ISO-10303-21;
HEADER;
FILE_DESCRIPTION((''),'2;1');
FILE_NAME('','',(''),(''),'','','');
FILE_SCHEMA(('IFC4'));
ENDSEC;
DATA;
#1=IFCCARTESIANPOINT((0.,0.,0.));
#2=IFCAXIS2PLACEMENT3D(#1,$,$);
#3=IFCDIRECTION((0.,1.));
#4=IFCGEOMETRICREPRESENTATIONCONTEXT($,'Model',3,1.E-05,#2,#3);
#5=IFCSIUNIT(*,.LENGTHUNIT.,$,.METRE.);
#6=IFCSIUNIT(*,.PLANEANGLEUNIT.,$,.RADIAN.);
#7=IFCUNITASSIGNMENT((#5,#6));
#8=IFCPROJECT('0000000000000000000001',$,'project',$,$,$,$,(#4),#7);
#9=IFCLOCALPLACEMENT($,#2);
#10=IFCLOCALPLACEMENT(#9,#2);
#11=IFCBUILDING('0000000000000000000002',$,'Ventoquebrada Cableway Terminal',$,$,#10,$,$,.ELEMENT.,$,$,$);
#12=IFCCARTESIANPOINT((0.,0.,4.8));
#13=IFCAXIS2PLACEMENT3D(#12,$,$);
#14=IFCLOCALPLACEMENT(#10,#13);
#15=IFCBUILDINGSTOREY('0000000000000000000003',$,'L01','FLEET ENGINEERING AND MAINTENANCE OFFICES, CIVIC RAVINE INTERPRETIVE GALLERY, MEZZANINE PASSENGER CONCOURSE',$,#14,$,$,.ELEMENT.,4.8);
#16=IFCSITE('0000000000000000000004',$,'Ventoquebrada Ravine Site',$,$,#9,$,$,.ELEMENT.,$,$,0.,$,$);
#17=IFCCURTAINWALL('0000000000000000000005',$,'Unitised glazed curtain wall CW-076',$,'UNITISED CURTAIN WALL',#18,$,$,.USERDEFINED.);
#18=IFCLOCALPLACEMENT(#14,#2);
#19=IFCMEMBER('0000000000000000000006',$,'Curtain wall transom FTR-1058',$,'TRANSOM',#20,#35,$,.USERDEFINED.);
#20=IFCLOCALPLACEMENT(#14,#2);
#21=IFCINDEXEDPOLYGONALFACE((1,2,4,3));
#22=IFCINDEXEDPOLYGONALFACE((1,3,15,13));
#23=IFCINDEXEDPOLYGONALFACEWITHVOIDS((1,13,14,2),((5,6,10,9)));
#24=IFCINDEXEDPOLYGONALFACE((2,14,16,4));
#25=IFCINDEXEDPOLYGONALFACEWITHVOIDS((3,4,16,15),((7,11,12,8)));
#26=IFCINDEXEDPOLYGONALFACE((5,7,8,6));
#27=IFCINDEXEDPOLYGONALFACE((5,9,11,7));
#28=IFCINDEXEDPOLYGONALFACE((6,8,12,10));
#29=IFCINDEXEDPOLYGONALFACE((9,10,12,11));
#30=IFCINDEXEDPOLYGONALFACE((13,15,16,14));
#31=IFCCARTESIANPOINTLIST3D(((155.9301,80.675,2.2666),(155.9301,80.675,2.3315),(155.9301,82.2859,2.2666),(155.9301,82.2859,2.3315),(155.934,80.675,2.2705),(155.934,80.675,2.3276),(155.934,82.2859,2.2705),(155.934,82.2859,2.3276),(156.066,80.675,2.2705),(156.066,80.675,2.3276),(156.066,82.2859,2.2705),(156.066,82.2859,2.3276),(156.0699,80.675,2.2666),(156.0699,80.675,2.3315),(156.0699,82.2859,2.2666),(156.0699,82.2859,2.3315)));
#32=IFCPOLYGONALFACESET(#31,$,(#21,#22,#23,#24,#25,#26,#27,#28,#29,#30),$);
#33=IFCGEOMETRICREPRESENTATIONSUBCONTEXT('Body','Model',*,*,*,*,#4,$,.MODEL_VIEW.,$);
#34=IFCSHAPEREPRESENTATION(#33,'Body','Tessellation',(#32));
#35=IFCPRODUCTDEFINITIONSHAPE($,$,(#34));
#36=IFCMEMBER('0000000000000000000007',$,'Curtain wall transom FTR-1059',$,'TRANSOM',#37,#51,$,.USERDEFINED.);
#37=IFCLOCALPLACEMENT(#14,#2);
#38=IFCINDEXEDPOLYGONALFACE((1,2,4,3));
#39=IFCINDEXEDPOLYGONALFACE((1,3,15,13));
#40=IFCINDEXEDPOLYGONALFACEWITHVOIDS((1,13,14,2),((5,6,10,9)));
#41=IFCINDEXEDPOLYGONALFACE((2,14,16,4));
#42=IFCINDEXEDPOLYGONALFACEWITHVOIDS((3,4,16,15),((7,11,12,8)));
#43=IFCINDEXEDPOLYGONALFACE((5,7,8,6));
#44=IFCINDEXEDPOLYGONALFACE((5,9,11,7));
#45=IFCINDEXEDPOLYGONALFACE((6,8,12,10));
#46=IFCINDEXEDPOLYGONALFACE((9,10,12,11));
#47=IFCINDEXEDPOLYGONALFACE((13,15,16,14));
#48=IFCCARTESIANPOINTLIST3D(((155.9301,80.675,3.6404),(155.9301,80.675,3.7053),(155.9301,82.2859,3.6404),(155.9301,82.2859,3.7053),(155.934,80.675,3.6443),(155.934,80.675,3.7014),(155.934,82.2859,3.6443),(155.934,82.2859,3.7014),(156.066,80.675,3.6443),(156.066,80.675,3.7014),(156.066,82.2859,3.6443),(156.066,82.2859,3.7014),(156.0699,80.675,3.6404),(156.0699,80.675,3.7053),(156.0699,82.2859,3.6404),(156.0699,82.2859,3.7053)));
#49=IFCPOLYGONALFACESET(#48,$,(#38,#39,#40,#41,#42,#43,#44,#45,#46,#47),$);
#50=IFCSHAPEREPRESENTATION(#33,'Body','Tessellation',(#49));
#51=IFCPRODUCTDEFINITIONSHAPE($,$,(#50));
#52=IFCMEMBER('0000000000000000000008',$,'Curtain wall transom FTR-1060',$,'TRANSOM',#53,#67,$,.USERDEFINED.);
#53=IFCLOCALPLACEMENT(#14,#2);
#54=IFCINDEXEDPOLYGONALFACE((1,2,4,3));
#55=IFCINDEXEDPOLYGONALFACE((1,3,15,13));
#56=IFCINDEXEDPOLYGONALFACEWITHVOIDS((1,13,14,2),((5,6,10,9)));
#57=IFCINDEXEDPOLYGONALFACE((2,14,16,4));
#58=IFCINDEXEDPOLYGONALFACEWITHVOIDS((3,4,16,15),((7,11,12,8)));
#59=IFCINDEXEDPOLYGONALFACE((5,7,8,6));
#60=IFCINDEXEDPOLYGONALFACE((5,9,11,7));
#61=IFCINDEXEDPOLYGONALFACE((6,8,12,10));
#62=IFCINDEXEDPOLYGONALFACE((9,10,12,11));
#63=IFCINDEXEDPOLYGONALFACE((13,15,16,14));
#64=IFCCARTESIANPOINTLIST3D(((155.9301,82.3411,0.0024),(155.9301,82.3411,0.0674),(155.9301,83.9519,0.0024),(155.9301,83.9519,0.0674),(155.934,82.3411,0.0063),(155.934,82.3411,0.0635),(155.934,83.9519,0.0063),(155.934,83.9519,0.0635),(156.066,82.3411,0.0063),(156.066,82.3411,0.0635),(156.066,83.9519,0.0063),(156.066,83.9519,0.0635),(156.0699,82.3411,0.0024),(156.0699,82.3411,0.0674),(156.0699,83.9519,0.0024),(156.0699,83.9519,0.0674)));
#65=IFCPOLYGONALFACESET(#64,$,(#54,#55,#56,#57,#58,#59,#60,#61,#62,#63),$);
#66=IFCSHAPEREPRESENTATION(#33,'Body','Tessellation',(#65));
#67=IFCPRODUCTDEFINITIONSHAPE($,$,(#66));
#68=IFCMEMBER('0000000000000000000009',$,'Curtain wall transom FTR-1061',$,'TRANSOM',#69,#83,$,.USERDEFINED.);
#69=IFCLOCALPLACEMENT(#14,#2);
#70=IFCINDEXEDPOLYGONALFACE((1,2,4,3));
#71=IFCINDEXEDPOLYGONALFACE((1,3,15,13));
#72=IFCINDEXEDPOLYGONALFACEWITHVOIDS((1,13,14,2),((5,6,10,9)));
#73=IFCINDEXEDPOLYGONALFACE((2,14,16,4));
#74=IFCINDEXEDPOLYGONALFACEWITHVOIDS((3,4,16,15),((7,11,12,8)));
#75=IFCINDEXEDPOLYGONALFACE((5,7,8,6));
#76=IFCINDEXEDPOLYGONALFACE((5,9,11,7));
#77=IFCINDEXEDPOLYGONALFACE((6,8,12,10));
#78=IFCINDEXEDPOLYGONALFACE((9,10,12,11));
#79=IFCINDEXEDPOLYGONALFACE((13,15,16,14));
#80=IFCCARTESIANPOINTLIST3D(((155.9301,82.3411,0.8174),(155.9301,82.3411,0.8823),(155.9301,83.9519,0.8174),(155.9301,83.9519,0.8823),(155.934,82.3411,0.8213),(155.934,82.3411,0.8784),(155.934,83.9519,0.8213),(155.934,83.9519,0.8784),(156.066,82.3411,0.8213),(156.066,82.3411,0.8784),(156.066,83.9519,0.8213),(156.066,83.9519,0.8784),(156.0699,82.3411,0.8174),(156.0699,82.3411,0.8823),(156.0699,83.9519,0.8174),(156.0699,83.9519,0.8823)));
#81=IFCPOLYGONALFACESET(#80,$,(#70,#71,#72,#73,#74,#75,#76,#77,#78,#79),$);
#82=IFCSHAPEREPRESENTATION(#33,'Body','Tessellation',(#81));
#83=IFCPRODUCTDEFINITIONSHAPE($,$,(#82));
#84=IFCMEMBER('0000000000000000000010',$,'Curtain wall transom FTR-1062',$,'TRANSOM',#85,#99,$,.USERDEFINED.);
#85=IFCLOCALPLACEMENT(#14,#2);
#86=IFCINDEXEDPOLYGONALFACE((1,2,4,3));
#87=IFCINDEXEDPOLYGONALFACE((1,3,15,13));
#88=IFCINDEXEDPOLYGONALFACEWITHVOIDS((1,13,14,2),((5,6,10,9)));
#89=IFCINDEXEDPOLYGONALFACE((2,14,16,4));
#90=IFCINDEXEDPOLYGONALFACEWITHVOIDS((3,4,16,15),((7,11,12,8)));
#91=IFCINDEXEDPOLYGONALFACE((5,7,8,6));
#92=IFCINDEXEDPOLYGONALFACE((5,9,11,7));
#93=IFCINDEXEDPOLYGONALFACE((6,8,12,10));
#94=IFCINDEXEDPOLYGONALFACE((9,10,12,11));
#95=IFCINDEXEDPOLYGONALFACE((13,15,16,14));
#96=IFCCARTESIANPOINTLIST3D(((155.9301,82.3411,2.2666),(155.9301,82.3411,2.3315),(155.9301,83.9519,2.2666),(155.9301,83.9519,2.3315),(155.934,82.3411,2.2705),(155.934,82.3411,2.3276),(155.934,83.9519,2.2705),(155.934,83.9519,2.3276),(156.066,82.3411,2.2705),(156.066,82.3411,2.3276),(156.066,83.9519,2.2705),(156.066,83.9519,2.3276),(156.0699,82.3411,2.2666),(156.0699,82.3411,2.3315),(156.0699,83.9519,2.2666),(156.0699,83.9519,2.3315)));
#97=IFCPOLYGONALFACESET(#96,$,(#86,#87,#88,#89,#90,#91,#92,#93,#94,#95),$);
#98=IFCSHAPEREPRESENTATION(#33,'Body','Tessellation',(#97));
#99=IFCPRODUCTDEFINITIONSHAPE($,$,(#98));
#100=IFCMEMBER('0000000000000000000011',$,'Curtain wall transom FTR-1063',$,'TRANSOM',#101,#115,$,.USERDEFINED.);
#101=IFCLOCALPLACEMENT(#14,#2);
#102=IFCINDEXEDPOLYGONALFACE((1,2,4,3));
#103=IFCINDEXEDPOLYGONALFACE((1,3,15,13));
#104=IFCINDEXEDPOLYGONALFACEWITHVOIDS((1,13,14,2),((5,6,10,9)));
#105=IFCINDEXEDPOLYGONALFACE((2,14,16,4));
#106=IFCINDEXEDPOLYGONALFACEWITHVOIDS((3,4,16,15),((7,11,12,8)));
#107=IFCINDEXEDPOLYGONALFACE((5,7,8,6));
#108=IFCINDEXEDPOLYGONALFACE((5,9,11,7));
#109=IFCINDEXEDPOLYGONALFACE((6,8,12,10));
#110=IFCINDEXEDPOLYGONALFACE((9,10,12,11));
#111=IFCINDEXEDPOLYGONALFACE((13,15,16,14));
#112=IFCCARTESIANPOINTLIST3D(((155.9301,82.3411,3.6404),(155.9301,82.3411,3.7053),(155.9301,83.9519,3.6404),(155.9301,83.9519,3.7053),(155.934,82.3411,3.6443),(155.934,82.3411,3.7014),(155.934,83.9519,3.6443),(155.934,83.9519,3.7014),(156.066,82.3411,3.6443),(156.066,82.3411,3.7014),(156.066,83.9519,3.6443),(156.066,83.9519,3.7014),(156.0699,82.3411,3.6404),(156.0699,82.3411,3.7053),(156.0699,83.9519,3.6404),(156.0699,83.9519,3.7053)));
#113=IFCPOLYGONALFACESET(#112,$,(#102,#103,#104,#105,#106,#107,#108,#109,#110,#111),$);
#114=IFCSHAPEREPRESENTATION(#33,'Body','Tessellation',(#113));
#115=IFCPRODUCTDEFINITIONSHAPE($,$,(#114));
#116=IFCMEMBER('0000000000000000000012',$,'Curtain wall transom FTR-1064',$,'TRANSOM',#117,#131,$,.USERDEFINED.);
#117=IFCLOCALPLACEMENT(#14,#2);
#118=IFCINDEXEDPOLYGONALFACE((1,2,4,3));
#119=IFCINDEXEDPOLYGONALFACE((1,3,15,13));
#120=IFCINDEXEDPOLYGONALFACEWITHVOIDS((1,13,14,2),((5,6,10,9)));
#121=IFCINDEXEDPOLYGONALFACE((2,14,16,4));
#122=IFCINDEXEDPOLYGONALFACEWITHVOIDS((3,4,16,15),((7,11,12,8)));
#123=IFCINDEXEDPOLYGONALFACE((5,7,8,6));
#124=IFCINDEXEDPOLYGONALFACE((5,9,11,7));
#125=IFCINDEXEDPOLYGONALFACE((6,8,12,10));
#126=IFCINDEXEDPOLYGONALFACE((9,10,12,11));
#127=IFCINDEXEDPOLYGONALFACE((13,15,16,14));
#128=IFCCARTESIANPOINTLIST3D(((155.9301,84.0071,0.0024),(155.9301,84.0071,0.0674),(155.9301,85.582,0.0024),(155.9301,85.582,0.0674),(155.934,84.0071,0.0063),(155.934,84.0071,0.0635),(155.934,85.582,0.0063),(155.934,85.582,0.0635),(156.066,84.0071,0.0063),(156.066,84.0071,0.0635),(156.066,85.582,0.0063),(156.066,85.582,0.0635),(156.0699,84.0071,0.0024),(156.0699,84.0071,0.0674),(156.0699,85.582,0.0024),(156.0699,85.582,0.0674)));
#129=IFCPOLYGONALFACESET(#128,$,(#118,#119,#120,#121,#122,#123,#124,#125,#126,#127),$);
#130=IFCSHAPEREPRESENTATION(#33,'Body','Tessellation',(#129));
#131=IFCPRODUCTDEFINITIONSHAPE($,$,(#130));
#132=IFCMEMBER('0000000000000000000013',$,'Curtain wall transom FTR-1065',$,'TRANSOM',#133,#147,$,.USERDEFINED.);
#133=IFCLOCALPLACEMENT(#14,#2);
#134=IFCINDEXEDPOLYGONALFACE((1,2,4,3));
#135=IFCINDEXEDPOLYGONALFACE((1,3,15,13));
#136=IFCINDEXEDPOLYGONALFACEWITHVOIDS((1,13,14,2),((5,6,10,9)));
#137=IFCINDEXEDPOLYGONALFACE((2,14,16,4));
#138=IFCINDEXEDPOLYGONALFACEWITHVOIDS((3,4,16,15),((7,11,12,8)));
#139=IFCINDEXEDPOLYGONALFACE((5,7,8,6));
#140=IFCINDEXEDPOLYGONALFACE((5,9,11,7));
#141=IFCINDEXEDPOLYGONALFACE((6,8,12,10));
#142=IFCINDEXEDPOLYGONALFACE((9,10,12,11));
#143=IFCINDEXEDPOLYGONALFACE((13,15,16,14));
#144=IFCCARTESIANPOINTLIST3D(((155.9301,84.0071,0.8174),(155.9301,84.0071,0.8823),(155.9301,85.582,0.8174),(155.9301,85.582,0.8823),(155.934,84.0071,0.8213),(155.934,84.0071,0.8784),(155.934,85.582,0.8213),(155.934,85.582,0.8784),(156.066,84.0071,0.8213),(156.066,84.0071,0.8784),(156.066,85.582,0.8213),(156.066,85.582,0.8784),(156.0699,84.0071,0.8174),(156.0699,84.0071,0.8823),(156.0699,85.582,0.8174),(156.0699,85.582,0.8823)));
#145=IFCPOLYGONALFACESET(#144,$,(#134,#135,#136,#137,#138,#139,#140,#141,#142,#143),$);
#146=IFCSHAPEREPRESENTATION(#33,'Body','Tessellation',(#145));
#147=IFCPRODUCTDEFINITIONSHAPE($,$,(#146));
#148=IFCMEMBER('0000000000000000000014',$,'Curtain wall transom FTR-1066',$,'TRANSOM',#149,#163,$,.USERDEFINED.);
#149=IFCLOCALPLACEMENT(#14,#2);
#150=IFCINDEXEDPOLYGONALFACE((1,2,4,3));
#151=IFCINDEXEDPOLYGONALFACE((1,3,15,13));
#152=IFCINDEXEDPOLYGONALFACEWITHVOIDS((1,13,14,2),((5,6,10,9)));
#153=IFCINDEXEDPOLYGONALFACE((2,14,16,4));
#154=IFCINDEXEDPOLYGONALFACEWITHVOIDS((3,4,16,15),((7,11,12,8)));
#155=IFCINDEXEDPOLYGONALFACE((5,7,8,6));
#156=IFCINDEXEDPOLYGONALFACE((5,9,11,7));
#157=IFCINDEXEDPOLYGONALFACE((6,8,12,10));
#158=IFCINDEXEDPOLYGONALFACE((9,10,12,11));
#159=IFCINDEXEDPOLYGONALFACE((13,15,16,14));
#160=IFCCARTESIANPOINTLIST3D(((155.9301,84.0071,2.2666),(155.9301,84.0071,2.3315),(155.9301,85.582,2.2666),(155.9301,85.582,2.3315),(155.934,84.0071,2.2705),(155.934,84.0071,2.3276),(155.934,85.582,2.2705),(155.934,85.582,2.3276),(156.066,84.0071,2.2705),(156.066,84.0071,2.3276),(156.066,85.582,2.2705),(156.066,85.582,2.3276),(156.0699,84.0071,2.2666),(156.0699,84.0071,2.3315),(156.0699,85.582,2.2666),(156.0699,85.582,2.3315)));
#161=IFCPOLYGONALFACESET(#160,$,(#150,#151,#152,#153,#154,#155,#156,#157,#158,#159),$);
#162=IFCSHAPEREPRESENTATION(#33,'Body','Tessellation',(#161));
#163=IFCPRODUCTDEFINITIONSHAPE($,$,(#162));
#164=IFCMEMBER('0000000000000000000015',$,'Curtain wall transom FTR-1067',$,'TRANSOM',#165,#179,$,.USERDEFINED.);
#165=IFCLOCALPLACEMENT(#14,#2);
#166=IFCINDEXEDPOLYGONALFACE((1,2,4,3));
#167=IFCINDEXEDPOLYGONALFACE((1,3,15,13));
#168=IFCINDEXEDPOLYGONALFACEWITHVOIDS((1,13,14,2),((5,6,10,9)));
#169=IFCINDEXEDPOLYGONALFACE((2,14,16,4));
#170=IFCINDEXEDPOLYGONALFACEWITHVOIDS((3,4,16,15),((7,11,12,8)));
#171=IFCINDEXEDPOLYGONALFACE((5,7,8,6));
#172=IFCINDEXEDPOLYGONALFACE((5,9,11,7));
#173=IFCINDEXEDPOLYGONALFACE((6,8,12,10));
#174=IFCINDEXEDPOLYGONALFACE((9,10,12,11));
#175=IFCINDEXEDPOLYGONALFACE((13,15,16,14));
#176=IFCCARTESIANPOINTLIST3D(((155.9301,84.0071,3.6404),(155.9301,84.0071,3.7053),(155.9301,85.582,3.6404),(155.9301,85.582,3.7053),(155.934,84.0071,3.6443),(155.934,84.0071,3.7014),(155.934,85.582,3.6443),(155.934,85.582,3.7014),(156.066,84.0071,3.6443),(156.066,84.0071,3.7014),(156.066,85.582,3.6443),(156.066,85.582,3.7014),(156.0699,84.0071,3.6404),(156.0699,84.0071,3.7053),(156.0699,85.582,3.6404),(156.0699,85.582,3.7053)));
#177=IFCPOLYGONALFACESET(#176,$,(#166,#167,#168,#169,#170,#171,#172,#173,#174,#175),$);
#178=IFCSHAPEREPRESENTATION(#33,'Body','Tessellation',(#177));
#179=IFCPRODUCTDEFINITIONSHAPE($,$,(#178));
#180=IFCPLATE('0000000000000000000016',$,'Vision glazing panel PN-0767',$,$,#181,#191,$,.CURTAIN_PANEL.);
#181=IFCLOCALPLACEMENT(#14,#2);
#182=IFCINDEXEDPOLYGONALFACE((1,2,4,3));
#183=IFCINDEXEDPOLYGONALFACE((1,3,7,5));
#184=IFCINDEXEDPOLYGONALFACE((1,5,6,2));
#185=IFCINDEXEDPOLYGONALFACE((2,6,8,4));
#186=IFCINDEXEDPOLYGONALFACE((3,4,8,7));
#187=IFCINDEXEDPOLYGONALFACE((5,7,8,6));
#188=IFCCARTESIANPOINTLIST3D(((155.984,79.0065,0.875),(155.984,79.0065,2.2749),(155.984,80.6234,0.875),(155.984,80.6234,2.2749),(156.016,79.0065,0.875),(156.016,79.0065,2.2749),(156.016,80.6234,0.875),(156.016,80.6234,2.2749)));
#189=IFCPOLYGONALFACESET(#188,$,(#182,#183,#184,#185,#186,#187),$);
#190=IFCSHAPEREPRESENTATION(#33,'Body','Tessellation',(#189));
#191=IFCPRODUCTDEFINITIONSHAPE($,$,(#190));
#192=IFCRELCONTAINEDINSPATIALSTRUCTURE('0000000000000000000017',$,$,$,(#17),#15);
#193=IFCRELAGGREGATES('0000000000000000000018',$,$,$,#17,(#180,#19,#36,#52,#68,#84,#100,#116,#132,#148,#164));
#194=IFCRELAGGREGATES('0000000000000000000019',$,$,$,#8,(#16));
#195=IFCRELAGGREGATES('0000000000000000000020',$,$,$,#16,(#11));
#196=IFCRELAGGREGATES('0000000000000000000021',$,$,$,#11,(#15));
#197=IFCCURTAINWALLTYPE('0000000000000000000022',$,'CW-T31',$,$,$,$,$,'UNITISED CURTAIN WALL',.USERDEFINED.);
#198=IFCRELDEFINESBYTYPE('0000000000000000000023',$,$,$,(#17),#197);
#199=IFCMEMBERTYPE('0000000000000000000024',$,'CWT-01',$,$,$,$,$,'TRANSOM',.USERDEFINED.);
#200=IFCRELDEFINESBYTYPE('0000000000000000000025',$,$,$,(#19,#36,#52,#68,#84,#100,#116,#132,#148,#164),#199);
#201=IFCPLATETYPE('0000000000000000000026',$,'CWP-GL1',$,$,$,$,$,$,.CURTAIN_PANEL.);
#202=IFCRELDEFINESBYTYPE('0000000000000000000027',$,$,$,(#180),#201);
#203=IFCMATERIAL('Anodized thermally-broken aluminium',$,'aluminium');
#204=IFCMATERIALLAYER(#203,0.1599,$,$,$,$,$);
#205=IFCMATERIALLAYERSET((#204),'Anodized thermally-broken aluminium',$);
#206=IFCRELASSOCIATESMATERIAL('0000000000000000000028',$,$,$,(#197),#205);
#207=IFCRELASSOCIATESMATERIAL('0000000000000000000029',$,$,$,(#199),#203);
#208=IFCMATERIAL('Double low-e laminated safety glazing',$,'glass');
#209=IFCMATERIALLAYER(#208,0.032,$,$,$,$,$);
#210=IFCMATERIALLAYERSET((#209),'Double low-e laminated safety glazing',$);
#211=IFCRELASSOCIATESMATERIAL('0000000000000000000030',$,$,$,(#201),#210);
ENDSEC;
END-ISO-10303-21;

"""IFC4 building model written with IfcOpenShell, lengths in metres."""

from ifc_helpers import new_model, si_unit, direction, frame, origin, origin_2d, place, context, subcontext, project, spatial, rectangle, hollow_rectangle, extrude, material, layer, layer_set, material_profile, profile_set, type_object, element, aggregate, save


model = new_model("IFC4")

# Units and contexts
model_context = context("Model", 3, precision=1e-05, world=origin(), true_north=direction((0.0, 1.0)))
body_context = subcontext(model_context, "Body", "Model", "MODEL_VIEW")
ifc_project = project(units=[si_unit("LENGTHUNIT", "METRE"), si_unit("PLANEANGLEUNIT", "RADIAN")], contexts=[model_context])

# Site, building, storey
site_placement = place(None, origin())
site = spatial("IfcSite", under=ifc_project, at=site_placement, Name="Ventoquebrada Ravine Site", CompositionType="ELEMENT", RefElevation=0.0)
building_placement = place(site_placement, origin())
building = spatial("IfcBuilding", under=site, at=building_placement, Name="Ventoquebrada Cableway Terminal", CompositionType="ELEMENT")
storey_placement = place(building_placement, frame((0.0, 0.0, 4.8)))
storey = spatial("IfcBuildingStorey", under=building, at=storey_placement, Name="L01", Description="FLEET ENGINEERING AND MAINTENANCE OFFICES, CIVIC RAVINE INTERPRETIVE GALLERY, MEZZANINE PASSENGER CONCOURSE", CompositionType="ELEMENT", Elevation=4.8)

# Curtain wall, members, plate
ifc_material_1 = material(Name="Anodized thermally-broken aluminium", Category="aluminium")
ifc_layer_1 = layer(ifc_material_1, 0.1599)
ifc_layer_set_1 = layer_set([ifc_layer_1], Name="Anodized thermally-broken aluminium")
curtain_wall_type = type_object("IfcCurtainWallType", Name="CW-T31", ElementType="UNITISED CURTAIN WALL", PredefinedType="USERDEFINED", material=ifc_layer_set_1)
curtain_wall_placement = place(storey_placement, origin())
curtain_wall = element("IfcCurtainWall", 1, at=curtain_wall_placement, inside=storey, type_object=curtain_wall_type, Name="Unitised glazed curtain wall CW-076", ObjectType="UNITISED CURTAIN WALL", PredefinedType="USERDEFINED")
ifc_material_profile_1 = material_profile(ifc_material_1, hollow_rectangle(XDim=0.0649, YDim=0.1399, WallThickness=0.0039, at=origin_2d()), Name="CW-TRN-65X140")
ifc_profile_set_1 = profile_set([ifc_material_profile_1], Name="Anodized thermally-broken aluminium")
member_type_1 = type_object("IfcMemberType", Name="CWT-01", ElementType="TRANSOM", PredefinedType="USERDEFINED", material=ifc_profile_set_1)
member_1_placement = place(storey_placement, frame((156.0, 80.675, 2.2991), z_axis=(0.0, 1.0, 0.0), x_axis=(0.0, 0.0, 1.0)))
member_1 = element("IfcMember", 2, at=member_1_placement, type_object=member_type_1, Name="Curtain wall transom FTR-1058", ObjectType="TRANSOM", PredefinedType="USERDEFINED", context=body_context, shape_type="SweptSolid", body=[
    extrude(hollow_rectangle(XDim=0.0649, YDim=0.1399, WallThickness=0.0039, at=origin_2d()), origin(), (0.0, 0.0, 1.0), 1.6108),
])
member_2_placement = place(storey_placement, frame((156.0, 80.675, 3.6729), z_axis=(0.0, 1.0, 0.0), x_axis=(0.0, 0.0, 1.0)))
member_2 = element("IfcMember", 3, at=member_2_placement, type_object=member_type_1, Name="Curtain wall transom FTR-1059", ObjectType="TRANSOM", PredefinedType="USERDEFINED", context=body_context, shape_type="SweptSolid", body=[
    extrude(hollow_rectangle(XDim=0.0649, YDim=0.1399, WallThickness=0.0039, at=origin_2d()), origin(), (0.0, 0.0, 1.0), 1.6108),
])
member_3_placement = place(storey_placement, frame((156.0, 82.3411, 0.0349), z_axis=(0.0, 1.0, 0.0), x_axis=(0.0, 0.0, 1.0)))
member_3 = element("IfcMember", 4, at=member_3_placement, type_object=member_type_1, Name="Curtain wall transom FTR-1060", ObjectType="TRANSOM", PredefinedType="USERDEFINED", context=body_context, shape_type="SweptSolid", body=[
    extrude(hollow_rectangle(XDim=0.0649, YDim=0.1399, WallThickness=0.0039, at=origin_2d()), origin(), (0.0, 0.0, 1.0), 1.6108),
])
member_4_placement = place(storey_placement, frame((156.0, 82.3411, 0.8499), z_axis=(0.0, 1.0, 0.0), x_axis=(0.0, 0.0, 1.0)))
member_4 = element("IfcMember", 5, at=member_4_placement, type_object=member_type_1, Name="Curtain wall transom FTR-1061", ObjectType="TRANSOM", PredefinedType="USERDEFINED", context=body_context, shape_type="SweptSolid", body=[
    extrude(hollow_rectangle(XDim=0.0649, YDim=0.1399, WallThickness=0.0039, at=origin_2d()), origin(), (0.0, 0.0, 1.0), 1.6108),
])
member_5_placement = place(storey_placement, frame((156.0, 82.3411, 2.2991), z_axis=(0.0, 1.0, 0.0), x_axis=(0.0, 0.0, 1.0)))
member_5 = element("IfcMember", 6, at=member_5_placement, type_object=member_type_1, Name="Curtain wall transom FTR-1062", ObjectType="TRANSOM", PredefinedType="USERDEFINED", context=body_context, shape_type="SweptSolid", body=[
    extrude(hollow_rectangle(XDim=0.0649, YDim=0.1399, WallThickness=0.0039, at=origin_2d()), origin(), (0.0, 0.0, 1.0), 1.6108),
])
member_6_placement = place(storey_placement, frame((156.0, 82.3411, 3.6729), z_axis=(0.0, 1.0, 0.0), x_axis=(0.0, 0.0, 1.0)))
member_6 = element("IfcMember", 7, at=member_6_placement, type_object=member_type_1, Name="Curtain wall transom FTR-1063", ObjectType="TRANSOM", PredefinedType="USERDEFINED", context=body_context, shape_type="SweptSolid", body=[
    extrude(hollow_rectangle(XDim=0.0649, YDim=0.1399, WallThickness=0.0039, at=origin_2d()), origin(), (0.0, 0.0, 1.0), 1.6108),
])
member_7_placement = place(storey_placement, frame((156.0, 84.0071, 0.0349), z_axis=(0.0, 1.0, 0.0), x_axis=(0.0, 0.0, 1.0)))
member_7 = element("IfcMember", 8, at=member_7_placement, type_object=member_type_1, Name="Curtain wall transom FTR-1064", ObjectType="TRANSOM", PredefinedType="USERDEFINED", context=body_context, shape_type="SweptSolid", body=[
    extrude(hollow_rectangle(XDim=0.0649, YDim=0.1399, WallThickness=0.0039, at=origin_2d()), origin(), (0.0, 0.0, 1.0), 1.575),
])
member_8_placement = place(storey_placement, frame((156.0, 84.0071, 0.8499), z_axis=(0.0, 1.0, 0.0), x_axis=(0.0, 0.0, 1.0)))
member_8 = element("IfcMember", 9, at=member_8_placement, type_object=member_type_1, Name="Curtain wall transom FTR-1065", ObjectType="TRANSOM", PredefinedType="USERDEFINED", context=body_context, shape_type="SweptSolid", body=[
    extrude(hollow_rectangle(XDim=0.0649, YDim=0.1399, WallThickness=0.0039, at=origin_2d()), origin(), (0.0, 0.0, 1.0), 1.575),
])
member_9_placement = place(storey_placement, frame((156.0, 84.0071, 2.2991), z_axis=(0.0, 1.0, 0.0), x_axis=(0.0, 0.0, 1.0)))
member_9 = element("IfcMember", 10, at=member_9_placement, type_object=member_type_1, Name="Curtain wall transom FTR-1066", ObjectType="TRANSOM", PredefinedType="USERDEFINED", context=body_context, shape_type="SweptSolid", body=[
    extrude(hollow_rectangle(XDim=0.0649, YDim=0.1399, WallThickness=0.0039, at=origin_2d()), origin(), (0.0, 0.0, 1.0), 1.575),
])
member_10_placement = place(storey_placement, frame((156.0, 84.0071, 3.6729), z_axis=(0.0, 1.0, 0.0), x_axis=(0.0, 0.0, 1.0)))
member_10 = element("IfcMember", 11, at=member_10_placement, type_object=member_type_1, Name="Curtain wall transom FTR-1067", ObjectType="TRANSOM", PredefinedType="USERDEFINED", context=body_context, shape_type="SweptSolid", body=[
    extrude(hollow_rectangle(XDim=0.0649, YDim=0.1399, WallThickness=0.0039, at=origin_2d()), origin(), (0.0, 0.0, 1.0), 1.575),
])
ifc_material_2 = material(Name="Double low-e laminated safety glazing", Category="glass")
ifc_layer_2 = layer(ifc_material_2, 0.032)
ifc_layer_set_2 = layer_set([ifc_layer_2], Name="Double low-e laminated safety glazing")
plate_type_1 = type_object("IfcPlateType", Name="CWP-GL1", PredefinedType="CURTAIN_PANEL", material=ifc_layer_set_2)
plate_1_placement = place(storey_placement, frame((156.0, 79.8149, 0.875), z_axis=(0.0, 0.0, 1.0), x_axis=(0.0, 1.0, 0.0)))
plate_1 = element("IfcPlate", 12, at=plate_1_placement, type_object=plate_type_1, Name="Vision glazing panel PN-0767", PredefinedType="CURTAIN_PANEL", context=body_context, shape_type="SweptSolid", body=[
    extrude(rectangle(XDim=1.6169, YDim=0.032, at=origin_2d()), origin(), (0.0, 0.0, 1.0), 1.3999),
])
aggregate(curtain_wall, [plate_1, member_1, member_2, member_3, member_4, member_5, member_6, member_7, member_8, member_9, member_10])

save(model, "model.ifc")
